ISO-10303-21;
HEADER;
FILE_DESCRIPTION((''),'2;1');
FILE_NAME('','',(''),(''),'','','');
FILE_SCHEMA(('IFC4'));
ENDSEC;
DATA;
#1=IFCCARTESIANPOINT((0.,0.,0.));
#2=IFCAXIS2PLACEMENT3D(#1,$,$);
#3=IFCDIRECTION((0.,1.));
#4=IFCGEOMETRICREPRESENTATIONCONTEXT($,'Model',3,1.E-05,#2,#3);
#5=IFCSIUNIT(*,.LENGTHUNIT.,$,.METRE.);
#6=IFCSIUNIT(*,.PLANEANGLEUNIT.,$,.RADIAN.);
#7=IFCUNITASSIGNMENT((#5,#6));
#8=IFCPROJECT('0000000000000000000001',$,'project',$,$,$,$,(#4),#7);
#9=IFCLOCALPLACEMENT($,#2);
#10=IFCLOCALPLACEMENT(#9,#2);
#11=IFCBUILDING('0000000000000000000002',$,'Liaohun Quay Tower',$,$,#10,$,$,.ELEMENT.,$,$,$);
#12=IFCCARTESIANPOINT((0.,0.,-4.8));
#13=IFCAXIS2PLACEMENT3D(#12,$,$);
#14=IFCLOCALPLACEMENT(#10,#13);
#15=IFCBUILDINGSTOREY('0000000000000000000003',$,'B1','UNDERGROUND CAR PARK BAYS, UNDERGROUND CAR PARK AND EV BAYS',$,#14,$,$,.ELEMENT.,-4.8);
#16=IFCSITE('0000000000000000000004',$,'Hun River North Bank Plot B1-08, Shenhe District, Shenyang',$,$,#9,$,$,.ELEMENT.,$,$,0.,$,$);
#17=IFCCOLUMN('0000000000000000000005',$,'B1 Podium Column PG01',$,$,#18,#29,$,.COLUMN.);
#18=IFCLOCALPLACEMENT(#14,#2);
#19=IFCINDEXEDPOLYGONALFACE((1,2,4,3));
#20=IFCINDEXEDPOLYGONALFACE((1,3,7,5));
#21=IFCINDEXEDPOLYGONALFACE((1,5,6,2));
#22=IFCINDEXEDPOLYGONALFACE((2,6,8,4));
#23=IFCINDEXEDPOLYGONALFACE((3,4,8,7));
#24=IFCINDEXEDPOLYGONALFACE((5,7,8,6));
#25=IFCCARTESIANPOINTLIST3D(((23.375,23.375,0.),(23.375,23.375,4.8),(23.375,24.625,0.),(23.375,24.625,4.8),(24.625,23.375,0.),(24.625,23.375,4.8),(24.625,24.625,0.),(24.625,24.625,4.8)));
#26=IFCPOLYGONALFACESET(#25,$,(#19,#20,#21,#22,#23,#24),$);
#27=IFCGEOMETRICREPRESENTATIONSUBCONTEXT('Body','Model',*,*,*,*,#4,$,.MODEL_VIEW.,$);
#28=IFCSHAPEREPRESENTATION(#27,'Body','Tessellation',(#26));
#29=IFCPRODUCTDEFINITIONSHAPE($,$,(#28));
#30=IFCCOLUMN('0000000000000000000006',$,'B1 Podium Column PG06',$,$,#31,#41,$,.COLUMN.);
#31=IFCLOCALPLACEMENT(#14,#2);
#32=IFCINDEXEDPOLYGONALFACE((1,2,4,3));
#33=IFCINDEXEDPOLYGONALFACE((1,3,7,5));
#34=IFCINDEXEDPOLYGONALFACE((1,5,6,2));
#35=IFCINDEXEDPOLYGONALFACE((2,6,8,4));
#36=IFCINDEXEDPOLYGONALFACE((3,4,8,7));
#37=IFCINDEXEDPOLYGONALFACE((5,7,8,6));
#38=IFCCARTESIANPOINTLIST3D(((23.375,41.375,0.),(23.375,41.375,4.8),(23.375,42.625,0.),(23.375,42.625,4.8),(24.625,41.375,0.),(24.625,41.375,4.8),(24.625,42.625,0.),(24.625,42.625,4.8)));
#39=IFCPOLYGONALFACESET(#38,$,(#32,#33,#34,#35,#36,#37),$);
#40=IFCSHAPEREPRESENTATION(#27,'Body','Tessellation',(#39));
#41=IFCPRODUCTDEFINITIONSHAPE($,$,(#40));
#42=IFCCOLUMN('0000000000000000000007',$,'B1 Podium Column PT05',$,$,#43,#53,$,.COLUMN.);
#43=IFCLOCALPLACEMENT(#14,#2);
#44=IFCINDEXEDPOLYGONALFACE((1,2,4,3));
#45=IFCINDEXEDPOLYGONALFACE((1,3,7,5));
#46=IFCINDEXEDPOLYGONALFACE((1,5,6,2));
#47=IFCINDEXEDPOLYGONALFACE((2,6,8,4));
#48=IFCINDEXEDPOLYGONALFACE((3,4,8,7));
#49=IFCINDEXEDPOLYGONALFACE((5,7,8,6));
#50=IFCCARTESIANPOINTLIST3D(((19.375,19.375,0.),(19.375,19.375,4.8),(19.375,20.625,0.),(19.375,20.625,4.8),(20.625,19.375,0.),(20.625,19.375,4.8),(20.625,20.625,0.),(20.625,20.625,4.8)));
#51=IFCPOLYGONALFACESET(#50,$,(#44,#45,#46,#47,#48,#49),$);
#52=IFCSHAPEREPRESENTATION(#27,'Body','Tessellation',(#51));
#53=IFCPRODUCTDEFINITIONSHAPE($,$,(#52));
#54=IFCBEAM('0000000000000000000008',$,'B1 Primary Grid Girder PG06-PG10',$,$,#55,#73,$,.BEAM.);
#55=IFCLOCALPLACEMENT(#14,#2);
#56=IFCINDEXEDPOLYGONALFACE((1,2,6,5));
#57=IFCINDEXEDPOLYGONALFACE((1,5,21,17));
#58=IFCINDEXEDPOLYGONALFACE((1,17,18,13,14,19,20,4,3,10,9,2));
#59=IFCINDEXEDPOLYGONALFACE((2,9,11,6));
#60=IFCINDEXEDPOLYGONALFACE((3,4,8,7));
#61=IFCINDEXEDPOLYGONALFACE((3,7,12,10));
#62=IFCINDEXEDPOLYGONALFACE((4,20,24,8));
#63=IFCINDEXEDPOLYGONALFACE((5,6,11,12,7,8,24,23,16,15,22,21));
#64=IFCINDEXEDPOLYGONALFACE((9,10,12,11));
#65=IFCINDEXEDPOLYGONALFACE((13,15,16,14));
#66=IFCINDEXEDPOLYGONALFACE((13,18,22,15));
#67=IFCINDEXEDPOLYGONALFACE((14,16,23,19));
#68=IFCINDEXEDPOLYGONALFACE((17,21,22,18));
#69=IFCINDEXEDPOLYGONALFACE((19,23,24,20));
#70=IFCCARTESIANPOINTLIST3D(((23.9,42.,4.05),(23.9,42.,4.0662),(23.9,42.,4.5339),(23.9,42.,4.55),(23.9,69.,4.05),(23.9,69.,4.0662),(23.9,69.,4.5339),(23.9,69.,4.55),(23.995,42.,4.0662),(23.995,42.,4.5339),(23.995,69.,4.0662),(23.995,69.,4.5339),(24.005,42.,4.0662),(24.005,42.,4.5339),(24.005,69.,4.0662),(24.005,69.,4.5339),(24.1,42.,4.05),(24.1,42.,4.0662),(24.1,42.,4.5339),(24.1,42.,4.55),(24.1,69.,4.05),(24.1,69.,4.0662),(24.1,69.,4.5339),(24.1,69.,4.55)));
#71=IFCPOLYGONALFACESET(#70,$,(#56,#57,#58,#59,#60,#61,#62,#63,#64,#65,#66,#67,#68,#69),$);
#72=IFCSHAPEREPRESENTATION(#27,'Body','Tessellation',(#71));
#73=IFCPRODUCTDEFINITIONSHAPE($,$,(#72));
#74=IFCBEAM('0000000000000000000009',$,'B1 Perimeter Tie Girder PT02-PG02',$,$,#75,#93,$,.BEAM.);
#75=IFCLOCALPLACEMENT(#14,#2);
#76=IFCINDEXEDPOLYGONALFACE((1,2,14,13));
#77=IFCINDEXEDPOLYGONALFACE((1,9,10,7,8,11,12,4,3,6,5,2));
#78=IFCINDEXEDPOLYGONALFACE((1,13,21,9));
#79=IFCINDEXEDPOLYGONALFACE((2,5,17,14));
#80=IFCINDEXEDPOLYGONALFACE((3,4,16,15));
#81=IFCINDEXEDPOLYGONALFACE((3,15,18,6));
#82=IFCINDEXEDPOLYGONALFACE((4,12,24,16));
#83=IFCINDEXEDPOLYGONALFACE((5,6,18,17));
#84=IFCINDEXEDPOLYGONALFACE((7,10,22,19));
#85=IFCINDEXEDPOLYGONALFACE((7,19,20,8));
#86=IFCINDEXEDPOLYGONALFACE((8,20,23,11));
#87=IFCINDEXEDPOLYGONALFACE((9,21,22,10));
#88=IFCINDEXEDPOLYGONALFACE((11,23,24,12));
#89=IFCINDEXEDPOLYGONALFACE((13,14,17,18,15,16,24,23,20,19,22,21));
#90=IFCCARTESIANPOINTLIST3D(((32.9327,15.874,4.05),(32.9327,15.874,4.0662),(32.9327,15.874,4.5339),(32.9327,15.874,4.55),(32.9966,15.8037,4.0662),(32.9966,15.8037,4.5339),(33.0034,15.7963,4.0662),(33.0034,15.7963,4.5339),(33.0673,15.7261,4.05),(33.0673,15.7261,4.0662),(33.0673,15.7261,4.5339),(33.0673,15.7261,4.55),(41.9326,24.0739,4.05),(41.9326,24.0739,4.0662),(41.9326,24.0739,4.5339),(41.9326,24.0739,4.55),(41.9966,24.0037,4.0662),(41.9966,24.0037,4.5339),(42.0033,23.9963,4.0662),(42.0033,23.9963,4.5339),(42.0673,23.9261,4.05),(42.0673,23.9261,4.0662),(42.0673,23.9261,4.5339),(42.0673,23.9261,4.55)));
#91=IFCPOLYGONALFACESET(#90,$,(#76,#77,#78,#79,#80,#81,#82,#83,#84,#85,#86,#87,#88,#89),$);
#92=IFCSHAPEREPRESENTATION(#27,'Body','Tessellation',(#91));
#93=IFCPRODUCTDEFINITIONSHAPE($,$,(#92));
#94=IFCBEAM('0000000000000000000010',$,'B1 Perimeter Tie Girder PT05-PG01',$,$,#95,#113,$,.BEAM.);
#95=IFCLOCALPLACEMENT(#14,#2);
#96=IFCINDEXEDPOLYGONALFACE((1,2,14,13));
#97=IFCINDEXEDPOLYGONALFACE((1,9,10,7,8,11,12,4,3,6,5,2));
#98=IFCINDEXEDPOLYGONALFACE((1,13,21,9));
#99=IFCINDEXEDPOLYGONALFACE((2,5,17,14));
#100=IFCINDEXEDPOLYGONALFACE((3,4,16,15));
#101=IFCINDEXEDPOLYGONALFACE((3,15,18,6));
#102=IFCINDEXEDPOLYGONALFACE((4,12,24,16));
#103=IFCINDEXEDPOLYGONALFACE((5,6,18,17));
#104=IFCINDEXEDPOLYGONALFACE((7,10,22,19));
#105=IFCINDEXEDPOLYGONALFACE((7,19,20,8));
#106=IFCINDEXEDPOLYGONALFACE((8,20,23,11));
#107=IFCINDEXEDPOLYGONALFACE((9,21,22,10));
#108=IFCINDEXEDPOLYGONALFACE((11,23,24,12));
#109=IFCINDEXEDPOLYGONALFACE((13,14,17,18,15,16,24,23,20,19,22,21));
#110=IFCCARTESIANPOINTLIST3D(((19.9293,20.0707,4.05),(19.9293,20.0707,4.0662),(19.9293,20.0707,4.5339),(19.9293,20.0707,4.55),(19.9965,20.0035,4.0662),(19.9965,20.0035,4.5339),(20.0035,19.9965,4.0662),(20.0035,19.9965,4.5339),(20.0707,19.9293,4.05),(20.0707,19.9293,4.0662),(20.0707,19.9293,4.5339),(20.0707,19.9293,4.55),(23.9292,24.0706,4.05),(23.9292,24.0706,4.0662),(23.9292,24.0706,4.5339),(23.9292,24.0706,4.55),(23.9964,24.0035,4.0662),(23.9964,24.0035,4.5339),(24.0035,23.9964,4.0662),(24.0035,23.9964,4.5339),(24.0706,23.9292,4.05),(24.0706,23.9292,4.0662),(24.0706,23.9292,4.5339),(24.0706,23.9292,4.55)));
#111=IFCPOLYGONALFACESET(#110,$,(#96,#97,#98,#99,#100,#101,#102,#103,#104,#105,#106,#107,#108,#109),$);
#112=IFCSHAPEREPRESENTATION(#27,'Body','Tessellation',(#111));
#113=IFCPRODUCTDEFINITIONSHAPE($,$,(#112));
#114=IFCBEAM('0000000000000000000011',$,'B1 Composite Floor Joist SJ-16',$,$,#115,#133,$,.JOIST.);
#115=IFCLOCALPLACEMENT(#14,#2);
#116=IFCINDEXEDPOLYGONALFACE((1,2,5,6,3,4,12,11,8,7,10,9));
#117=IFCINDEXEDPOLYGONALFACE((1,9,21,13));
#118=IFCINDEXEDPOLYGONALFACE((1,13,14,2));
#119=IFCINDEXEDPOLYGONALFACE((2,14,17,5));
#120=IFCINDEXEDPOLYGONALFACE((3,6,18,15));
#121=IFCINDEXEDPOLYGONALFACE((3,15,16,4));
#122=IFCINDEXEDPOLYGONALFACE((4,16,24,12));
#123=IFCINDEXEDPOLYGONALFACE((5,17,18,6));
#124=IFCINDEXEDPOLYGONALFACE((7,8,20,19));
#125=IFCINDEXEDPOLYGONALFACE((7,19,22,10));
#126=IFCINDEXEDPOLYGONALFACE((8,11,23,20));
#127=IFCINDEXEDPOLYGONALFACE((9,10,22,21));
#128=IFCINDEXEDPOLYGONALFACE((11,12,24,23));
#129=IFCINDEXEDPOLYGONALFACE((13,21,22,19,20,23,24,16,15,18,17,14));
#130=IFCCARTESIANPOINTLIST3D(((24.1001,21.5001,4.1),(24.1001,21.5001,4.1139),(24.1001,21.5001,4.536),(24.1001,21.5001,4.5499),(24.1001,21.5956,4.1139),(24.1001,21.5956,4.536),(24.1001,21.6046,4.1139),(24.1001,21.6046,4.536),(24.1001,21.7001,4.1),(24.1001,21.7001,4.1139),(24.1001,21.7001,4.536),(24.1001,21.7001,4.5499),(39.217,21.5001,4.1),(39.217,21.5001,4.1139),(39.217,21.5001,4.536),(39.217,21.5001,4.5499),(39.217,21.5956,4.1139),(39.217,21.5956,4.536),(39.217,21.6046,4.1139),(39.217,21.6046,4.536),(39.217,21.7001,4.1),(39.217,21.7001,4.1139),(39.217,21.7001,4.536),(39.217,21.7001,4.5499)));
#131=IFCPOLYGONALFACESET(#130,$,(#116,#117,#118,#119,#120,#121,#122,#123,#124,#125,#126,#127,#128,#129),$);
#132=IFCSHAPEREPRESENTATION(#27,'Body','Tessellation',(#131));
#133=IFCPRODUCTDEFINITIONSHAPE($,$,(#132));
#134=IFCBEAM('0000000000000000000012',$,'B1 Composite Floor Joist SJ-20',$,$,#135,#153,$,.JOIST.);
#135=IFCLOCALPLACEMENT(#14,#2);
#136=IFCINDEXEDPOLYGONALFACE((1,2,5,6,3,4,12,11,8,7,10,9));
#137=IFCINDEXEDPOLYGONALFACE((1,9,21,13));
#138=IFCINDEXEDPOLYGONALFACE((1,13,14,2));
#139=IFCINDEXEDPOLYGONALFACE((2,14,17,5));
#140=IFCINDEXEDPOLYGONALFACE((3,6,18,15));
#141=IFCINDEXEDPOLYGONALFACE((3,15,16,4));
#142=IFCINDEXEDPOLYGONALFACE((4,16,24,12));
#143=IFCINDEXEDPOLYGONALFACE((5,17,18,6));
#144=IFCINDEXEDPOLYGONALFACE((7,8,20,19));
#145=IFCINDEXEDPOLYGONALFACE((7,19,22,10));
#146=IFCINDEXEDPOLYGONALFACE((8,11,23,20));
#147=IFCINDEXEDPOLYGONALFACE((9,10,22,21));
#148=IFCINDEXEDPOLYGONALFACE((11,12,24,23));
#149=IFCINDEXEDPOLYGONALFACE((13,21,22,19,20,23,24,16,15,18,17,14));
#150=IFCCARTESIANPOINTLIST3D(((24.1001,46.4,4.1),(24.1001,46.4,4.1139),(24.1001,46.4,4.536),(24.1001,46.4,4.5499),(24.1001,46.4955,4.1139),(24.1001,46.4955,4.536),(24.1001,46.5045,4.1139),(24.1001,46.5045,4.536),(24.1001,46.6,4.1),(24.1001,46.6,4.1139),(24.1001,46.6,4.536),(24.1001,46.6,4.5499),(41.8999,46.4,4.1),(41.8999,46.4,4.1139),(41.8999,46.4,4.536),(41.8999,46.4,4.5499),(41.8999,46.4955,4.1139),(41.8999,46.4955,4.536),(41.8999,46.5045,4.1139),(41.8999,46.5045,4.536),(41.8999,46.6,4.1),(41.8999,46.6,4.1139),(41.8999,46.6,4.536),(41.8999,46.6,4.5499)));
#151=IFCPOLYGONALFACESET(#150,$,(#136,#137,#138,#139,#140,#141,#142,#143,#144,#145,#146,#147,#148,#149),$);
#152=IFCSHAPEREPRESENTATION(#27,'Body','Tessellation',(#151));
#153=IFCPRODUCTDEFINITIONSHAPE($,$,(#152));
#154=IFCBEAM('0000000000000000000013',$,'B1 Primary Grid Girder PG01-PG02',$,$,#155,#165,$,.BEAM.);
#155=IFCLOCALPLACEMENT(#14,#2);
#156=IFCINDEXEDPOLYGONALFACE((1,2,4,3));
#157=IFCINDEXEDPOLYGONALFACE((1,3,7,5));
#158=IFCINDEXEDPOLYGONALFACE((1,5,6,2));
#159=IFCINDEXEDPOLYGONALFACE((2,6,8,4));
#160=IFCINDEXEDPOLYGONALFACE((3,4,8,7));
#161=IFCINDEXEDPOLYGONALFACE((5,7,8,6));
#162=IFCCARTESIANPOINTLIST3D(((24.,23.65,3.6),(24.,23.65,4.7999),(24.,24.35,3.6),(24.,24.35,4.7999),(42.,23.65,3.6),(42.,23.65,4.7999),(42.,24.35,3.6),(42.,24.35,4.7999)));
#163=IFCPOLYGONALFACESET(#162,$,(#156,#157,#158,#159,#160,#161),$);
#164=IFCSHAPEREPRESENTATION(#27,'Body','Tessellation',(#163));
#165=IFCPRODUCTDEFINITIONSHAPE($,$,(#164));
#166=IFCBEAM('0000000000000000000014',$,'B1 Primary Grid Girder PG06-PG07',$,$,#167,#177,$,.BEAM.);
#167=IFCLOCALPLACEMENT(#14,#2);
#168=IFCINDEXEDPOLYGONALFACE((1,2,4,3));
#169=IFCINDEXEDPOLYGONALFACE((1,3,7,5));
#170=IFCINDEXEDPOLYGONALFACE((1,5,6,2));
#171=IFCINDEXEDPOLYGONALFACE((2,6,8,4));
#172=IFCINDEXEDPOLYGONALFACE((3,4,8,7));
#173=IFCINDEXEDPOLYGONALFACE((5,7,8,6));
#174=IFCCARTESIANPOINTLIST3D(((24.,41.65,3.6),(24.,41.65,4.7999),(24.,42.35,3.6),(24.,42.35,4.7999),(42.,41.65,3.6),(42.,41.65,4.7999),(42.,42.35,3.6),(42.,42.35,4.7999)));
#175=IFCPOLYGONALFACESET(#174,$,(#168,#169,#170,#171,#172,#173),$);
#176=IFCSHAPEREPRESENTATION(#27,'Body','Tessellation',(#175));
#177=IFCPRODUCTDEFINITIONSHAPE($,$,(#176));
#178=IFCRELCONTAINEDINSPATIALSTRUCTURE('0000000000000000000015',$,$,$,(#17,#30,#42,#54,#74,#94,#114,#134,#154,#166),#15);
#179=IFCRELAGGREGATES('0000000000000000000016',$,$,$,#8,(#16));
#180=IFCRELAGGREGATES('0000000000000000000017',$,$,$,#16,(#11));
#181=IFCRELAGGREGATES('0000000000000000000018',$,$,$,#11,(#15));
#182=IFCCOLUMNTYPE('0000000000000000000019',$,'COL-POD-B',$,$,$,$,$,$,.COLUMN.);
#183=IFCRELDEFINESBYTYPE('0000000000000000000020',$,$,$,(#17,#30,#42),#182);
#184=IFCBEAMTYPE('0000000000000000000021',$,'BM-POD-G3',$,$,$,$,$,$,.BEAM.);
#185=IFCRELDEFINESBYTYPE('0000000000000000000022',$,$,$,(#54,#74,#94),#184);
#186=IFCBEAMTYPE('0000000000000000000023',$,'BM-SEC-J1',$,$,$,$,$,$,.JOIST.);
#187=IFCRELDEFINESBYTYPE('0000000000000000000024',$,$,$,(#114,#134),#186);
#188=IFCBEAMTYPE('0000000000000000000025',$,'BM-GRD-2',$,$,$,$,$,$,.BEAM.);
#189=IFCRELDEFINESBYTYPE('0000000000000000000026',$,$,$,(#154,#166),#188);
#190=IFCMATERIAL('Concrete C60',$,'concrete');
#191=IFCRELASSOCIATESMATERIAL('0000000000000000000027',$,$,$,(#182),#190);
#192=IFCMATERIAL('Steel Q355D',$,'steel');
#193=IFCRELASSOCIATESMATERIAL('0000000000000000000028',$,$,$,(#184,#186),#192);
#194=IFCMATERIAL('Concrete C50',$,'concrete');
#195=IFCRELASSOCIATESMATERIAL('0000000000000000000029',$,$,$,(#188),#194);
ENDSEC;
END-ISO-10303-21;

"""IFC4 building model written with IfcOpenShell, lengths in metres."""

from ifc_helpers import new_model, si_unit, direction, frame, origin, origin_2d, place, context, subcontext, project, spatial, rectangle, i_section, extrude, source, transform, mapped, material, material_profile, profile_set, type_object, element, save


model = new_model("IFC4")

# Units and contexts
model_context = context("Model", 3, precision=1e-05, world=origin(), true_north=direction((0.0, 1.0)))
body_context = subcontext(model_context, "Body", "Model", "MODEL_VIEW")
ifc_project = project(units=[si_unit("LENGTHUNIT", "METRE"), si_unit("PLANEANGLEUNIT", "RADIAN")], contexts=[model_context])

# Site, building, storey
site_placement = place(None, origin())
site = spatial("IfcSite", under=ifc_project, at=site_placement, Name="Hun River North Bank Plot B1-08, Shenhe District, Shenyang", CompositionType="ELEMENT", RefElevation=0.0)
building_placement = place(site_placement, origin())
building = spatial("IfcBuilding", under=site, at=building_placement, Name="Liaohun Quay Tower", CompositionType="ELEMENT")
storey_placement = place(building_placement, frame((0.0, 0.0, -4.8)))
storey = spatial("IfcBuildingStorey", under=building, at=storey_placement, Name="B1", Description="UNDERGROUND CAR PARK BAYS, UNDERGROUND CAR PARK AND EV BAYS", CompositionType="ELEMENT", Elevation=-4.8)

# Columns
ifc_material_1 = material(Name="Concrete C60", Category="concrete")
ifc_material_profile_1 = material_profile(ifc_material_1, rectangle(XDim=1.25, YDim=1.25, at=origin_2d()), Name="RC1250x1250")
ifc_profile_set_1 = profile_set([ifc_material_profile_1], Name="Concrete C60")
column_type = type_object("IfcColumnType", Name="COL-POD-B", PredefinedType="COLUMN", material=ifc_profile_set_1)
shared_shape_1 = source(origin(), body_context, "Body", "SweptSolid", [
    extrude(rectangle(XDim=1.25, YDim=1.25, at=origin_2d()), origin(), (0.0, 0.0, 1.0), 4.8),
])
for number, where, z_axis, x_axis, name in (
    (1, (24.0, 24.0, 0.0), (0.0, 0.0, 1.0), (1.0, 0.0, 0.0), "B1 Podium Column PG01"),
    (2, (24.0, 42.0, 0.0), (0.0, 0.0, 1.0), (1.0, 0.0, 0.0), "B1 Podium Column PG06"),
    (3, (20.0, 20.0, 0.0), (0.0, 0.0, 1.0), (1.0, 0.0, 0.0), "B1 Podium Column PT05"),
):
    element("IfcColumn", number, at=place(storey_placement, frame(where, z_axis=z_axis, x_axis=x_axis)), inside=storey, type_object=column_type, Name=name, PredefinedType="COLUMN", context=body_context, shape_type="MappedRepresentation", body=[
        mapped(shared_shape_1, transform((0.0, 0.0, 0.0), x_axis=(1.0, 0.0, 0.0), y_axis=(0.0, 1.0, 0.0), z_axis=(0.0, 0.0, 1.0), scale=1.0)),
    ])

# Beams
ifc_material_2 = material(Name="Steel Q355D", Category="steel")
ifc_material_profile_2 = material_profile(ifc_material_2, i_section(OverallWidth=0.2, OverallDepth=0.5, WebThickness=0.01, FlangeThickness=0.0161, at=origin_2d()), Name="HN500x200x10x16")
ifc_profile_set_2 = profile_set([ifc_material_profile_2], Name="Steel Q355D")
beam_type_1 = type_object("IfcBeamType", Name="BM-POD-G3", PredefinedType="BEAM", material=ifc_profile_set_2)
shared_shape_2 = source(origin(), body_context, "Body", "SweptSolid", [
    extrude(i_section(OverallWidth=0.2, OverallDepth=0.5, WebThickness=0.01, FlangeThickness=0.0161, at=origin_2d()), origin(), (0.0, 0.0, 1.0), 27.0),
])
beam_1_placement = place(storey_placement, frame((24.0, 42.0, 4.3), z_axis=(0.0, 1.0, 0.0), x_axis=(-1.0, 0.0, 0.0)))
element("IfcBeam", 4, at=beam_1_placement, inside=storey, type_object=beam_type_1, Name="B1 Primary Grid Girder PG06-PG10", PredefinedType="BEAM", context=body_context, shape_type="MappedRepresentation", body=[
    mapped(shared_shape_2, transform((0.0, 0.0, 0.0), x_axis=(1.0, 0.0, 0.0), y_axis=(0.0, 1.0, 0.0), z_axis=(0.0, 0.0, 1.0), scale=1.0)),
])
shared_shape_3 = source(origin(), body_context, "Body", "SweptSolid", [
    extrude(i_section(OverallWidth=0.2, OverallDepth=0.5, WebThickness=0.01, FlangeThickness=0.0161, at=origin_2d()), origin(), (0.0, 0.0, 1.0), 12.1753),
])
beam_2_placement = place(storey_placement, frame((33.0, 15.8, 4.3), z_axis=(0.739198, 0.673488, 0.0), x_axis=(-0.673488, 0.739198, 0.0)))
element("IfcBeam", 5, at=beam_2_placement, inside=storey, type_object=beam_type_1, Name="B1 Perimeter Tie Girder PT02-PG02", PredefinedType="BEAM", context=body_context, shape_type="MappedRepresentation", body=[
    mapped(shared_shape_3, transform((0.0, 0.0, 0.0), x_axis=(1.0, 0.0, 0.0), y_axis=(0.0, 1.0, 0.0), z_axis=(0.0, 0.0, 1.0), scale=1.0)),
])
shared_shape_4 = source(origin(), body_context, "Body", "SweptSolid", [
    extrude(i_section(OverallWidth=0.2, OverallDepth=0.5, WebThickness=0.01, FlangeThickness=0.0161, at=origin_2d()), origin(), (0.0, 0.0, 1.0), 5.6567),
])
beam_3_placement = place(storey_placement, frame((20.0, 20.0, 4.3), z_axis=(0.707107, 0.707107, 0.0), x_axis=(-0.707107, 0.707107, 0.0)))
element("IfcBeam", 6, at=beam_3_placement, inside=storey, type_object=beam_type_1, Name="B1 Perimeter Tie Girder PT05-PG01", PredefinedType="BEAM", context=body_context, shape_type="MappedRepresentation", body=[
    mapped(shared_shape_4, transform((0.0, 0.0, 0.0), x_axis=(1.0, 0.0, 0.0), y_axis=(0.0, 1.0, 0.0), z_axis=(0.0, 0.0, 1.0), scale=1.0)),
])
ifc_material_profile_3 = material_profile(ifc_material_2, i_section(OverallWidth=0.2, OverallDepth=0.45, WebThickness=0.009, FlangeThickness=0.0139, at=origin_2d()), Name="HN450x200x9x14")
ifc_profile_set_3 = profile_set([ifc_material_profile_3], Name="Steel Q355D")
beam_type_2 = type_object("IfcBeamType", Name="BM-SEC-J1", PredefinedType="JOIST", material=ifc_profile_set_3)
shared_shape_5 = source(origin(), body_context, "Body", "SweptSolid", [
    extrude(i_section(OverallWidth=0.2, OverallDepth=0.45, WebThickness=0.009, FlangeThickness=0.0139, at=origin_2d()), origin(), (0.0, 0.0, 1.0), 15.1169),
])
beam_4_placement = place(storey_placement, frame((24.1001, 21.6001, 4.325), z_axis=(1.0, 0.0, 0.0), x_axis=(0.0, 1.0, 0.0)))
element("IfcBeam", 7, at=beam_4_placement, inside=storey, type_object=beam_type_2, Name="B1 Composite Floor Joist SJ-16", PredefinedType="JOIST", context=body_context, shape_type="MappedRepresentation", body=[
    mapped(shared_shape_5, transform((0.0, 0.0, 0.0), x_axis=(1.0, 0.0, 0.0), y_axis=(0.0, 1.0, 0.0), z_axis=(0.0, 0.0, 1.0), scale=1.0)),
])
shared_shape_6 = source(origin(), body_context, "Body", "SweptSolid", [
    extrude(i_section(OverallWidth=0.2, OverallDepth=0.45, WebThickness=0.009, FlangeThickness=0.0139, at=origin_2d()), origin(), (0.0, 0.0, 1.0), 17.7998),
])
beam_5_placement = place(storey_placement, frame((24.1001, 46.5, 4.325), z_axis=(1.0, 0.0, 0.0), x_axis=(0.0, 1.0, 0.0)))
element("IfcBeam", 8, at=beam_5_placement, inside=storey, type_object=beam_type_2, Name="B1 Composite Floor Joist SJ-20", PredefinedType="JOIST", context=body_context, shape_type="MappedRepresentation", body=[
    mapped(shared_shape_6, transform((0.0, 0.0, 0.0), x_axis=(1.0, 0.0, 0.0), y_axis=(0.0, 1.0, 0.0), z_axis=(0.0, 0.0, 1.0), scale=1.0)),
])
ifc_material_3 = material(Name="Concrete C50", Category="concrete")
ifc_material_profile_4 = material_profile(ifc_material_3, rectangle(XDim=0.7, YDim=1.2, at=origin_2d()), Name="RC700x1200")
ifc_profile_set_4 = profile_set([ifc_material_profile_4], Name="Concrete C50")
beam_type_3 = type_object("IfcBeamType", Name="BM-GRD-2", PredefinedType="BEAM", material=ifc_profile_set_4)
shared_shape_7 = source(origin(), body_context, "Body", "SweptSolid", [
    extrude(rectangle(XDim=0.7, YDim=1.2, at=origin_2d()), origin(), (0.0, 0.0, 1.0), 18.0),
])
for number, where, z_axis, x_axis, name in (
    (9, (24.0, 24.0, 4.2), (1.0, 0.0, 0.0), (0.0, 1.0, 0.0), "B1 Primary Grid Girder PG01-PG02"),
    (10, (24.0, 42.0, 4.2), (1.0, 0.0, 0.0), (0.0, 1.0, 0.0), "B1 Primary Grid Girder PG06-PG07"),
):
    element("IfcBeam", number, at=place(storey_placement, frame(where, z_axis=z_axis, x_axis=x_axis)), inside=storey, type_object=beam_type_3, Name=name, PredefinedType="BEAM", context=body_context, shape_type="MappedRepresentation", body=[
        mapped(shared_shape_7, transform((0.0, 0.0, 0.0), x_axis=(1.0, 0.0, 0.0), y_axis=(0.0, 1.0, 0.0), z_axis=(0.0, 0.0, 1.0), scale=1.0)),
    ])

save(model, "model.ifc")
